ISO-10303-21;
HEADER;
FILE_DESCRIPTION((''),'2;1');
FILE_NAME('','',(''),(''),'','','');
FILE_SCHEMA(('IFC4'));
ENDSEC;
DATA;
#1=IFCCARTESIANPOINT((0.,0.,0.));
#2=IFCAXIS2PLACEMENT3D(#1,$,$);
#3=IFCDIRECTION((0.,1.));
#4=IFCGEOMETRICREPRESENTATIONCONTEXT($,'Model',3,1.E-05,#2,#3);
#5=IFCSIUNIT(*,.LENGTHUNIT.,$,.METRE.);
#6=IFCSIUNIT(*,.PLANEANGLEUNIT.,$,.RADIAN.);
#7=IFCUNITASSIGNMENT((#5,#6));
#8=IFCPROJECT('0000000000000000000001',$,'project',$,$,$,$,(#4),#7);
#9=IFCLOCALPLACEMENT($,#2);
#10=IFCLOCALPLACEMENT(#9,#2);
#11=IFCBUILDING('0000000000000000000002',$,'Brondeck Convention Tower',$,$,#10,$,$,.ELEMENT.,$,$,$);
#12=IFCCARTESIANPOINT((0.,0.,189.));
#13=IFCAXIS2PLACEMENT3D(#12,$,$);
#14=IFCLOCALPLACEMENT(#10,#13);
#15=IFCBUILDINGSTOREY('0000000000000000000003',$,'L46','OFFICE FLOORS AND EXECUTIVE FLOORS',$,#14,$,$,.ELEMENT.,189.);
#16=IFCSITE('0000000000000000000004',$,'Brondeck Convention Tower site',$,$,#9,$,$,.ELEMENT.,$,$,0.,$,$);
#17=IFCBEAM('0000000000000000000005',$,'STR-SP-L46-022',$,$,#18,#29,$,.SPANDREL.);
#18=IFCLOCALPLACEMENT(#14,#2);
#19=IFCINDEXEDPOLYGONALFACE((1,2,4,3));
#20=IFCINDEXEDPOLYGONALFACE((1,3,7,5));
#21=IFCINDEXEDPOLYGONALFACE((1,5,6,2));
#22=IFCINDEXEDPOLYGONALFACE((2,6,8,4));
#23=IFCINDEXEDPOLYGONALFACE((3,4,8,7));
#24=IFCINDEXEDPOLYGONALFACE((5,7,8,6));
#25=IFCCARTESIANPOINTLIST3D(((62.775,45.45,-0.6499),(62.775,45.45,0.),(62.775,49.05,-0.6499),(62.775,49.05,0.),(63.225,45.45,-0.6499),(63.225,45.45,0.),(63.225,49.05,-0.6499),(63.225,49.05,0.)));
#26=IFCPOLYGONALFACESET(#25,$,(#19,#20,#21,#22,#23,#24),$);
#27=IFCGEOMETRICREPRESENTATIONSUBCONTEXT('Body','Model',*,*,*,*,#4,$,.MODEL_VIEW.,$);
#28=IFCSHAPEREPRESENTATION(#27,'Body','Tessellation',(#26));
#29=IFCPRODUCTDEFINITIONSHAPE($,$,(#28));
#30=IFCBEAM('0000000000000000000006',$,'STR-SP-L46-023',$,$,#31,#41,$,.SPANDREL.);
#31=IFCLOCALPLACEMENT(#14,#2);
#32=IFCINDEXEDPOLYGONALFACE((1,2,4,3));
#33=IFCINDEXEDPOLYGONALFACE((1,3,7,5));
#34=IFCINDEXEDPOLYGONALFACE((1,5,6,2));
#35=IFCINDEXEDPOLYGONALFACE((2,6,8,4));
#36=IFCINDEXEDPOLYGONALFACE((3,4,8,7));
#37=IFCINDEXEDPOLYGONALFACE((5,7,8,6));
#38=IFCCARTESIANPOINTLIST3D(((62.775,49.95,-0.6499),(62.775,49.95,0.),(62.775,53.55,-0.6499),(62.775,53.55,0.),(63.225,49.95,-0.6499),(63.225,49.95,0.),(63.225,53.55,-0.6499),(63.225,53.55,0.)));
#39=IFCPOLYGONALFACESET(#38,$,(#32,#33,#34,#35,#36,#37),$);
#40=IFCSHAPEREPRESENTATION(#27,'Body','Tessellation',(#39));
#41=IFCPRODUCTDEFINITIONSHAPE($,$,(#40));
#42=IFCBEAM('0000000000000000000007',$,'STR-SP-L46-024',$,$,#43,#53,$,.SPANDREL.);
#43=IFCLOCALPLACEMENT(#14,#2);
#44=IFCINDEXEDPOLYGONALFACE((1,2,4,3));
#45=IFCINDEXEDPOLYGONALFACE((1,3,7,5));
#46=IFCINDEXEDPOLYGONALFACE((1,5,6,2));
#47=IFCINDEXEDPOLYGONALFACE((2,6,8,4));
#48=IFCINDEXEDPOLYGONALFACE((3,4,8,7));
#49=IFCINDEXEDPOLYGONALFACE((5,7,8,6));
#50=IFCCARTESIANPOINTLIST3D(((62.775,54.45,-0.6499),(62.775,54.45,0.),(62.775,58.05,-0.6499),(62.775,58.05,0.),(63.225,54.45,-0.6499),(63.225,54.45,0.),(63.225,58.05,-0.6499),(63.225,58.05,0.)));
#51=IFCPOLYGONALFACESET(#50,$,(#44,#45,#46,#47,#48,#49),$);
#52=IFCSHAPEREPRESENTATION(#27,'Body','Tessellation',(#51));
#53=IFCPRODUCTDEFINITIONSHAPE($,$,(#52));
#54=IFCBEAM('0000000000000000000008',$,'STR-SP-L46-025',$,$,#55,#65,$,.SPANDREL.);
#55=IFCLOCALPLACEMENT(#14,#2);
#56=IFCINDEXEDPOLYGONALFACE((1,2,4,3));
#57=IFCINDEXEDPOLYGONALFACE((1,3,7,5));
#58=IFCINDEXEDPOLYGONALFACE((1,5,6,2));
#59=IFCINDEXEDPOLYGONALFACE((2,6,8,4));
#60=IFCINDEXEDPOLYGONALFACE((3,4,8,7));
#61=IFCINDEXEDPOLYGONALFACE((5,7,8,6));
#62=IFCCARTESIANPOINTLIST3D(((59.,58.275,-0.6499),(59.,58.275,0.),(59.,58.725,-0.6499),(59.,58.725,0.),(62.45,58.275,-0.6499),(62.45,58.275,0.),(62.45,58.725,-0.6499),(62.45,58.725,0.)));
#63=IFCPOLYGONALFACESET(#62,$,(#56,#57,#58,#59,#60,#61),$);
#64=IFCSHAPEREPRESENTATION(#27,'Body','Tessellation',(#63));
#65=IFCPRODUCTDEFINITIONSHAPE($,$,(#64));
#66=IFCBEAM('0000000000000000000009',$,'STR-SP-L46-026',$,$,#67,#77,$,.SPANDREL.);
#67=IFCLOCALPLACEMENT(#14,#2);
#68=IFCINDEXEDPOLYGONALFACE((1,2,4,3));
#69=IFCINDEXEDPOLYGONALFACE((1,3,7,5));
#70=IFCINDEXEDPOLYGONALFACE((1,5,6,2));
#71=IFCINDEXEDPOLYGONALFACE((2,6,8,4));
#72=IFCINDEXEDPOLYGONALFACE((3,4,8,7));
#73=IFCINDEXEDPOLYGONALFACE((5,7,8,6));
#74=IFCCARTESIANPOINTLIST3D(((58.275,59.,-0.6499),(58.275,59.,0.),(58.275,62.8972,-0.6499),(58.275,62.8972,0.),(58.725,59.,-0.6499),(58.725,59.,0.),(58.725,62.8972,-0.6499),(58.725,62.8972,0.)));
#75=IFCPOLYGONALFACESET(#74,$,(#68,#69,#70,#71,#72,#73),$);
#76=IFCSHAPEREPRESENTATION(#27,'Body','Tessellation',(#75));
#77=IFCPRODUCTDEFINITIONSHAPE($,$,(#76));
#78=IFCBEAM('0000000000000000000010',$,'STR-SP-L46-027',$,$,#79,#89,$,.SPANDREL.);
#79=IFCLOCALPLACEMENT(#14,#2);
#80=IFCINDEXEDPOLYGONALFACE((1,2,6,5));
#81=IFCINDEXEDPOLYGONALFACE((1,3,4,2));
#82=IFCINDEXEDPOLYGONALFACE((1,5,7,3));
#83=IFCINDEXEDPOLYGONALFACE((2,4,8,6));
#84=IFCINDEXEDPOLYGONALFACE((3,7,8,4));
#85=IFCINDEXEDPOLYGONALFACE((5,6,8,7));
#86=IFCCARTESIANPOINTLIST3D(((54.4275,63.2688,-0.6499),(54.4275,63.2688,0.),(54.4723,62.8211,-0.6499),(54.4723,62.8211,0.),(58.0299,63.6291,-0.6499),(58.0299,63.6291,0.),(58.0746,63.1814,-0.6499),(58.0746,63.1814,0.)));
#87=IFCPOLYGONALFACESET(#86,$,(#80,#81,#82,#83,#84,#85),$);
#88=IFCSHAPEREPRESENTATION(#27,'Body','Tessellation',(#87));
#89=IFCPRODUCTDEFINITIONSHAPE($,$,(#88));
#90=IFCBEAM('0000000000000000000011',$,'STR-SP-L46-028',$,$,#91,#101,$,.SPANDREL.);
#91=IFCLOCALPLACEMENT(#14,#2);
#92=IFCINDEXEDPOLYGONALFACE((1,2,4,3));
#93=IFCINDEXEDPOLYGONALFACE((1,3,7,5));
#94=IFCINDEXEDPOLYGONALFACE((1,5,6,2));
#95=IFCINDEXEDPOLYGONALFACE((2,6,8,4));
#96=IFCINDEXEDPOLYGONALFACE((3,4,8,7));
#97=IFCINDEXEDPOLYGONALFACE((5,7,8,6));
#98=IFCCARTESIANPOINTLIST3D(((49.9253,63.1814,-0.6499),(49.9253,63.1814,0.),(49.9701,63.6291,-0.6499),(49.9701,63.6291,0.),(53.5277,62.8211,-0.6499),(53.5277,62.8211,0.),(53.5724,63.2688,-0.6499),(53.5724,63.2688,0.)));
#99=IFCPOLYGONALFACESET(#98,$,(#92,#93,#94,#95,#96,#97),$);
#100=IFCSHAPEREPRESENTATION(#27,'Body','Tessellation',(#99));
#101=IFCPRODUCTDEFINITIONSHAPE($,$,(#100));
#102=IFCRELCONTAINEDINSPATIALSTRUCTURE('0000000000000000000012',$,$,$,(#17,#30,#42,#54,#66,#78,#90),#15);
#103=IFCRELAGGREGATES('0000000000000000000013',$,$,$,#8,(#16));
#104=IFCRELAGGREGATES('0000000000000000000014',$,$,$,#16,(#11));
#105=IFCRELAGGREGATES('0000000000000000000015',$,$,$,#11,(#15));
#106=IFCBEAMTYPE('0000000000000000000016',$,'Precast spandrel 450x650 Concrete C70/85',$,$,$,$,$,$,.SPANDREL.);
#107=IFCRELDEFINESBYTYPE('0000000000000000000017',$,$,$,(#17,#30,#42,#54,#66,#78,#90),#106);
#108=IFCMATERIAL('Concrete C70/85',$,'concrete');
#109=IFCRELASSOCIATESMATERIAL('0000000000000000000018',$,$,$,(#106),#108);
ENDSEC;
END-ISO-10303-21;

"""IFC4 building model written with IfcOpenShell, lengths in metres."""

from ifc_helpers import new_model, si_unit, direction, frame, origin, origin_2d, place, context, subcontext, project, spatial, rectangle, extrude, material, material_profile, profile_set, type_object, element, save


model = new_model("IFC4")

# Units and contexts
model_context = context("Model", 3, precision=1e-05, world=origin(), true_north=direction((0.0, 1.0)))
body_context = subcontext(model_context, "Body", "Model", "MODEL_VIEW")
ifc_project = project(units=[si_unit("LENGTHUNIT", "METRE"), si_unit("PLANEANGLEUNIT", "RADIAN")], contexts=[model_context])

# Site, building, storey
site_placement = place(None, origin())
site = spatial("IfcSite", under=ifc_project, at=site_placement, Name="Brondeck Convention Tower site", CompositionType="ELEMENT", RefElevation=0.0)
building_placement = place(site_placement, origin())
building = spatial("IfcBuilding", under=site, at=building_placement, Name="Brondeck Convention Tower", CompositionType="ELEMENT")
storey_placement = place(building_placement, frame((0.0, 0.0, 189.0)))
storey = spatial("IfcBuildingStorey", under=building, at=storey_placement, Name="L46", Description="OFFICE FLOORS AND EXECUTIVE FLOORS", CompositionType="ELEMENT", Elevation=189.0)

# Shared definitions
ifc_material_1 = material(Name="Concrete C70/85", Category="concrete")

# Beams
ifc_material_profile_1 = material_profile(ifc_material_1, rectangle(XDim=0.45, YDim=0.6499, at=origin_2d()), Name="Precast spandrel 450x650 Concrete C70/85")
ifc_profile_set_1 = profile_set([ifc_material_profile_1], Name="Concrete C70/85")
beam_type_1 = type_object("IfcBeamType", Name="Precast spandrel 450x650 Concrete C70/85", PredefinedType="SPANDREL", material=ifc_profile_set_1)
for number, where, z_axis, x_axis, name in (
    (1, (63.0, 45.45, -0.325), (0.0, 1.0, 0.0), (-1.0, 0.0, 0.0), "STR-SP-L46-022"),
    (2, (63.0, 49.95, -0.325), (0.0, 1.0, 0.0), (-1.0, 0.0, 0.0), "STR-SP-L46-023"),
    (3, (63.0, 54.45, -0.325), (0.0, 1.0, 0.0), (-1.0, 0.0, 0.0), "STR-SP-L46-024"),
):
    element("IfcBeam", number, at=place(storey_placement, frame(where, z_axis=z_axis, x_axis=x_axis)), inside=storey, type_object=beam_type_1, Name=name, PredefinedType="SPANDREL", context=body_context, shape_type="SweptSolid", body=[
        extrude(rectangle(XDim=0.45, YDim=0.6499, at=origin_2d()), origin(), (0.0, 0.0, 1.0), 3.6001),
    ])
beam_1_placement = place(storey_placement, frame((62.45, 58.5, -0.325), z_axis=(-1.0, 0.0, 0.0), x_axis=(0.0, -1.0, 0.0)))
element("IfcBeam", 4, at=beam_1_placement, inside=storey, type_object=beam_type_1, Name="STR-SP-L46-025", PredefinedType="SPANDREL", context=body_context, shape_type="SweptSolid", body=[
    extrude(rectangle(XDim=0.45, YDim=0.6499, at=origin_2d()), origin(), (0.0, 0.0, 1.0), 3.45),
])
beam_2_placement = place(storey_placement, frame((58.5, 59.0, -0.325), z_axis=(0.0, 1.0, 0.0), x_axis=(-1.0, 0.0, 0.0)))
element("IfcBeam", 5, at=beam_2_placement, inside=storey, type_object=beam_type_1, Name="STR-SP-L46-026", PredefinedType="SPANDREL", context=body_context, shape_type="SweptSolid", body=[
    extrude(rectangle(XDim=0.45, YDim=0.6499, at=origin_2d()), origin(), (0.0, 0.0, 1.0), 3.8972),
])
for number, where, z_axis, x_axis, name in (
    (6, (58.0522, 63.4053, -0.325), (-0.995034, -0.099537, 0.0), (0.099537, -0.995034, 0.0), "STR-SP-L46-027"),
    (7, (53.55, 63.0449, -0.325), (-0.995034, 0.099537, 0.0), (-0.099537, -0.995034, 0.0), "STR-SP-L46-028"),
):
    element("IfcBeam", number, at=place(storey_placement, frame(where, z_axis=z_axis, x_axis=x_axis)), inside=storey, type_object=beam_type_1, Name=name, PredefinedType="SPANDREL", context=body_context, shape_type="SweptSolid", body=[
        extrude(rectangle(XDim=0.45, YDim=0.6499, at=origin_2d()), origin(), (0.0, 0.0, 1.0), 3.6204),
    ])

save(model, "model.ifc")
